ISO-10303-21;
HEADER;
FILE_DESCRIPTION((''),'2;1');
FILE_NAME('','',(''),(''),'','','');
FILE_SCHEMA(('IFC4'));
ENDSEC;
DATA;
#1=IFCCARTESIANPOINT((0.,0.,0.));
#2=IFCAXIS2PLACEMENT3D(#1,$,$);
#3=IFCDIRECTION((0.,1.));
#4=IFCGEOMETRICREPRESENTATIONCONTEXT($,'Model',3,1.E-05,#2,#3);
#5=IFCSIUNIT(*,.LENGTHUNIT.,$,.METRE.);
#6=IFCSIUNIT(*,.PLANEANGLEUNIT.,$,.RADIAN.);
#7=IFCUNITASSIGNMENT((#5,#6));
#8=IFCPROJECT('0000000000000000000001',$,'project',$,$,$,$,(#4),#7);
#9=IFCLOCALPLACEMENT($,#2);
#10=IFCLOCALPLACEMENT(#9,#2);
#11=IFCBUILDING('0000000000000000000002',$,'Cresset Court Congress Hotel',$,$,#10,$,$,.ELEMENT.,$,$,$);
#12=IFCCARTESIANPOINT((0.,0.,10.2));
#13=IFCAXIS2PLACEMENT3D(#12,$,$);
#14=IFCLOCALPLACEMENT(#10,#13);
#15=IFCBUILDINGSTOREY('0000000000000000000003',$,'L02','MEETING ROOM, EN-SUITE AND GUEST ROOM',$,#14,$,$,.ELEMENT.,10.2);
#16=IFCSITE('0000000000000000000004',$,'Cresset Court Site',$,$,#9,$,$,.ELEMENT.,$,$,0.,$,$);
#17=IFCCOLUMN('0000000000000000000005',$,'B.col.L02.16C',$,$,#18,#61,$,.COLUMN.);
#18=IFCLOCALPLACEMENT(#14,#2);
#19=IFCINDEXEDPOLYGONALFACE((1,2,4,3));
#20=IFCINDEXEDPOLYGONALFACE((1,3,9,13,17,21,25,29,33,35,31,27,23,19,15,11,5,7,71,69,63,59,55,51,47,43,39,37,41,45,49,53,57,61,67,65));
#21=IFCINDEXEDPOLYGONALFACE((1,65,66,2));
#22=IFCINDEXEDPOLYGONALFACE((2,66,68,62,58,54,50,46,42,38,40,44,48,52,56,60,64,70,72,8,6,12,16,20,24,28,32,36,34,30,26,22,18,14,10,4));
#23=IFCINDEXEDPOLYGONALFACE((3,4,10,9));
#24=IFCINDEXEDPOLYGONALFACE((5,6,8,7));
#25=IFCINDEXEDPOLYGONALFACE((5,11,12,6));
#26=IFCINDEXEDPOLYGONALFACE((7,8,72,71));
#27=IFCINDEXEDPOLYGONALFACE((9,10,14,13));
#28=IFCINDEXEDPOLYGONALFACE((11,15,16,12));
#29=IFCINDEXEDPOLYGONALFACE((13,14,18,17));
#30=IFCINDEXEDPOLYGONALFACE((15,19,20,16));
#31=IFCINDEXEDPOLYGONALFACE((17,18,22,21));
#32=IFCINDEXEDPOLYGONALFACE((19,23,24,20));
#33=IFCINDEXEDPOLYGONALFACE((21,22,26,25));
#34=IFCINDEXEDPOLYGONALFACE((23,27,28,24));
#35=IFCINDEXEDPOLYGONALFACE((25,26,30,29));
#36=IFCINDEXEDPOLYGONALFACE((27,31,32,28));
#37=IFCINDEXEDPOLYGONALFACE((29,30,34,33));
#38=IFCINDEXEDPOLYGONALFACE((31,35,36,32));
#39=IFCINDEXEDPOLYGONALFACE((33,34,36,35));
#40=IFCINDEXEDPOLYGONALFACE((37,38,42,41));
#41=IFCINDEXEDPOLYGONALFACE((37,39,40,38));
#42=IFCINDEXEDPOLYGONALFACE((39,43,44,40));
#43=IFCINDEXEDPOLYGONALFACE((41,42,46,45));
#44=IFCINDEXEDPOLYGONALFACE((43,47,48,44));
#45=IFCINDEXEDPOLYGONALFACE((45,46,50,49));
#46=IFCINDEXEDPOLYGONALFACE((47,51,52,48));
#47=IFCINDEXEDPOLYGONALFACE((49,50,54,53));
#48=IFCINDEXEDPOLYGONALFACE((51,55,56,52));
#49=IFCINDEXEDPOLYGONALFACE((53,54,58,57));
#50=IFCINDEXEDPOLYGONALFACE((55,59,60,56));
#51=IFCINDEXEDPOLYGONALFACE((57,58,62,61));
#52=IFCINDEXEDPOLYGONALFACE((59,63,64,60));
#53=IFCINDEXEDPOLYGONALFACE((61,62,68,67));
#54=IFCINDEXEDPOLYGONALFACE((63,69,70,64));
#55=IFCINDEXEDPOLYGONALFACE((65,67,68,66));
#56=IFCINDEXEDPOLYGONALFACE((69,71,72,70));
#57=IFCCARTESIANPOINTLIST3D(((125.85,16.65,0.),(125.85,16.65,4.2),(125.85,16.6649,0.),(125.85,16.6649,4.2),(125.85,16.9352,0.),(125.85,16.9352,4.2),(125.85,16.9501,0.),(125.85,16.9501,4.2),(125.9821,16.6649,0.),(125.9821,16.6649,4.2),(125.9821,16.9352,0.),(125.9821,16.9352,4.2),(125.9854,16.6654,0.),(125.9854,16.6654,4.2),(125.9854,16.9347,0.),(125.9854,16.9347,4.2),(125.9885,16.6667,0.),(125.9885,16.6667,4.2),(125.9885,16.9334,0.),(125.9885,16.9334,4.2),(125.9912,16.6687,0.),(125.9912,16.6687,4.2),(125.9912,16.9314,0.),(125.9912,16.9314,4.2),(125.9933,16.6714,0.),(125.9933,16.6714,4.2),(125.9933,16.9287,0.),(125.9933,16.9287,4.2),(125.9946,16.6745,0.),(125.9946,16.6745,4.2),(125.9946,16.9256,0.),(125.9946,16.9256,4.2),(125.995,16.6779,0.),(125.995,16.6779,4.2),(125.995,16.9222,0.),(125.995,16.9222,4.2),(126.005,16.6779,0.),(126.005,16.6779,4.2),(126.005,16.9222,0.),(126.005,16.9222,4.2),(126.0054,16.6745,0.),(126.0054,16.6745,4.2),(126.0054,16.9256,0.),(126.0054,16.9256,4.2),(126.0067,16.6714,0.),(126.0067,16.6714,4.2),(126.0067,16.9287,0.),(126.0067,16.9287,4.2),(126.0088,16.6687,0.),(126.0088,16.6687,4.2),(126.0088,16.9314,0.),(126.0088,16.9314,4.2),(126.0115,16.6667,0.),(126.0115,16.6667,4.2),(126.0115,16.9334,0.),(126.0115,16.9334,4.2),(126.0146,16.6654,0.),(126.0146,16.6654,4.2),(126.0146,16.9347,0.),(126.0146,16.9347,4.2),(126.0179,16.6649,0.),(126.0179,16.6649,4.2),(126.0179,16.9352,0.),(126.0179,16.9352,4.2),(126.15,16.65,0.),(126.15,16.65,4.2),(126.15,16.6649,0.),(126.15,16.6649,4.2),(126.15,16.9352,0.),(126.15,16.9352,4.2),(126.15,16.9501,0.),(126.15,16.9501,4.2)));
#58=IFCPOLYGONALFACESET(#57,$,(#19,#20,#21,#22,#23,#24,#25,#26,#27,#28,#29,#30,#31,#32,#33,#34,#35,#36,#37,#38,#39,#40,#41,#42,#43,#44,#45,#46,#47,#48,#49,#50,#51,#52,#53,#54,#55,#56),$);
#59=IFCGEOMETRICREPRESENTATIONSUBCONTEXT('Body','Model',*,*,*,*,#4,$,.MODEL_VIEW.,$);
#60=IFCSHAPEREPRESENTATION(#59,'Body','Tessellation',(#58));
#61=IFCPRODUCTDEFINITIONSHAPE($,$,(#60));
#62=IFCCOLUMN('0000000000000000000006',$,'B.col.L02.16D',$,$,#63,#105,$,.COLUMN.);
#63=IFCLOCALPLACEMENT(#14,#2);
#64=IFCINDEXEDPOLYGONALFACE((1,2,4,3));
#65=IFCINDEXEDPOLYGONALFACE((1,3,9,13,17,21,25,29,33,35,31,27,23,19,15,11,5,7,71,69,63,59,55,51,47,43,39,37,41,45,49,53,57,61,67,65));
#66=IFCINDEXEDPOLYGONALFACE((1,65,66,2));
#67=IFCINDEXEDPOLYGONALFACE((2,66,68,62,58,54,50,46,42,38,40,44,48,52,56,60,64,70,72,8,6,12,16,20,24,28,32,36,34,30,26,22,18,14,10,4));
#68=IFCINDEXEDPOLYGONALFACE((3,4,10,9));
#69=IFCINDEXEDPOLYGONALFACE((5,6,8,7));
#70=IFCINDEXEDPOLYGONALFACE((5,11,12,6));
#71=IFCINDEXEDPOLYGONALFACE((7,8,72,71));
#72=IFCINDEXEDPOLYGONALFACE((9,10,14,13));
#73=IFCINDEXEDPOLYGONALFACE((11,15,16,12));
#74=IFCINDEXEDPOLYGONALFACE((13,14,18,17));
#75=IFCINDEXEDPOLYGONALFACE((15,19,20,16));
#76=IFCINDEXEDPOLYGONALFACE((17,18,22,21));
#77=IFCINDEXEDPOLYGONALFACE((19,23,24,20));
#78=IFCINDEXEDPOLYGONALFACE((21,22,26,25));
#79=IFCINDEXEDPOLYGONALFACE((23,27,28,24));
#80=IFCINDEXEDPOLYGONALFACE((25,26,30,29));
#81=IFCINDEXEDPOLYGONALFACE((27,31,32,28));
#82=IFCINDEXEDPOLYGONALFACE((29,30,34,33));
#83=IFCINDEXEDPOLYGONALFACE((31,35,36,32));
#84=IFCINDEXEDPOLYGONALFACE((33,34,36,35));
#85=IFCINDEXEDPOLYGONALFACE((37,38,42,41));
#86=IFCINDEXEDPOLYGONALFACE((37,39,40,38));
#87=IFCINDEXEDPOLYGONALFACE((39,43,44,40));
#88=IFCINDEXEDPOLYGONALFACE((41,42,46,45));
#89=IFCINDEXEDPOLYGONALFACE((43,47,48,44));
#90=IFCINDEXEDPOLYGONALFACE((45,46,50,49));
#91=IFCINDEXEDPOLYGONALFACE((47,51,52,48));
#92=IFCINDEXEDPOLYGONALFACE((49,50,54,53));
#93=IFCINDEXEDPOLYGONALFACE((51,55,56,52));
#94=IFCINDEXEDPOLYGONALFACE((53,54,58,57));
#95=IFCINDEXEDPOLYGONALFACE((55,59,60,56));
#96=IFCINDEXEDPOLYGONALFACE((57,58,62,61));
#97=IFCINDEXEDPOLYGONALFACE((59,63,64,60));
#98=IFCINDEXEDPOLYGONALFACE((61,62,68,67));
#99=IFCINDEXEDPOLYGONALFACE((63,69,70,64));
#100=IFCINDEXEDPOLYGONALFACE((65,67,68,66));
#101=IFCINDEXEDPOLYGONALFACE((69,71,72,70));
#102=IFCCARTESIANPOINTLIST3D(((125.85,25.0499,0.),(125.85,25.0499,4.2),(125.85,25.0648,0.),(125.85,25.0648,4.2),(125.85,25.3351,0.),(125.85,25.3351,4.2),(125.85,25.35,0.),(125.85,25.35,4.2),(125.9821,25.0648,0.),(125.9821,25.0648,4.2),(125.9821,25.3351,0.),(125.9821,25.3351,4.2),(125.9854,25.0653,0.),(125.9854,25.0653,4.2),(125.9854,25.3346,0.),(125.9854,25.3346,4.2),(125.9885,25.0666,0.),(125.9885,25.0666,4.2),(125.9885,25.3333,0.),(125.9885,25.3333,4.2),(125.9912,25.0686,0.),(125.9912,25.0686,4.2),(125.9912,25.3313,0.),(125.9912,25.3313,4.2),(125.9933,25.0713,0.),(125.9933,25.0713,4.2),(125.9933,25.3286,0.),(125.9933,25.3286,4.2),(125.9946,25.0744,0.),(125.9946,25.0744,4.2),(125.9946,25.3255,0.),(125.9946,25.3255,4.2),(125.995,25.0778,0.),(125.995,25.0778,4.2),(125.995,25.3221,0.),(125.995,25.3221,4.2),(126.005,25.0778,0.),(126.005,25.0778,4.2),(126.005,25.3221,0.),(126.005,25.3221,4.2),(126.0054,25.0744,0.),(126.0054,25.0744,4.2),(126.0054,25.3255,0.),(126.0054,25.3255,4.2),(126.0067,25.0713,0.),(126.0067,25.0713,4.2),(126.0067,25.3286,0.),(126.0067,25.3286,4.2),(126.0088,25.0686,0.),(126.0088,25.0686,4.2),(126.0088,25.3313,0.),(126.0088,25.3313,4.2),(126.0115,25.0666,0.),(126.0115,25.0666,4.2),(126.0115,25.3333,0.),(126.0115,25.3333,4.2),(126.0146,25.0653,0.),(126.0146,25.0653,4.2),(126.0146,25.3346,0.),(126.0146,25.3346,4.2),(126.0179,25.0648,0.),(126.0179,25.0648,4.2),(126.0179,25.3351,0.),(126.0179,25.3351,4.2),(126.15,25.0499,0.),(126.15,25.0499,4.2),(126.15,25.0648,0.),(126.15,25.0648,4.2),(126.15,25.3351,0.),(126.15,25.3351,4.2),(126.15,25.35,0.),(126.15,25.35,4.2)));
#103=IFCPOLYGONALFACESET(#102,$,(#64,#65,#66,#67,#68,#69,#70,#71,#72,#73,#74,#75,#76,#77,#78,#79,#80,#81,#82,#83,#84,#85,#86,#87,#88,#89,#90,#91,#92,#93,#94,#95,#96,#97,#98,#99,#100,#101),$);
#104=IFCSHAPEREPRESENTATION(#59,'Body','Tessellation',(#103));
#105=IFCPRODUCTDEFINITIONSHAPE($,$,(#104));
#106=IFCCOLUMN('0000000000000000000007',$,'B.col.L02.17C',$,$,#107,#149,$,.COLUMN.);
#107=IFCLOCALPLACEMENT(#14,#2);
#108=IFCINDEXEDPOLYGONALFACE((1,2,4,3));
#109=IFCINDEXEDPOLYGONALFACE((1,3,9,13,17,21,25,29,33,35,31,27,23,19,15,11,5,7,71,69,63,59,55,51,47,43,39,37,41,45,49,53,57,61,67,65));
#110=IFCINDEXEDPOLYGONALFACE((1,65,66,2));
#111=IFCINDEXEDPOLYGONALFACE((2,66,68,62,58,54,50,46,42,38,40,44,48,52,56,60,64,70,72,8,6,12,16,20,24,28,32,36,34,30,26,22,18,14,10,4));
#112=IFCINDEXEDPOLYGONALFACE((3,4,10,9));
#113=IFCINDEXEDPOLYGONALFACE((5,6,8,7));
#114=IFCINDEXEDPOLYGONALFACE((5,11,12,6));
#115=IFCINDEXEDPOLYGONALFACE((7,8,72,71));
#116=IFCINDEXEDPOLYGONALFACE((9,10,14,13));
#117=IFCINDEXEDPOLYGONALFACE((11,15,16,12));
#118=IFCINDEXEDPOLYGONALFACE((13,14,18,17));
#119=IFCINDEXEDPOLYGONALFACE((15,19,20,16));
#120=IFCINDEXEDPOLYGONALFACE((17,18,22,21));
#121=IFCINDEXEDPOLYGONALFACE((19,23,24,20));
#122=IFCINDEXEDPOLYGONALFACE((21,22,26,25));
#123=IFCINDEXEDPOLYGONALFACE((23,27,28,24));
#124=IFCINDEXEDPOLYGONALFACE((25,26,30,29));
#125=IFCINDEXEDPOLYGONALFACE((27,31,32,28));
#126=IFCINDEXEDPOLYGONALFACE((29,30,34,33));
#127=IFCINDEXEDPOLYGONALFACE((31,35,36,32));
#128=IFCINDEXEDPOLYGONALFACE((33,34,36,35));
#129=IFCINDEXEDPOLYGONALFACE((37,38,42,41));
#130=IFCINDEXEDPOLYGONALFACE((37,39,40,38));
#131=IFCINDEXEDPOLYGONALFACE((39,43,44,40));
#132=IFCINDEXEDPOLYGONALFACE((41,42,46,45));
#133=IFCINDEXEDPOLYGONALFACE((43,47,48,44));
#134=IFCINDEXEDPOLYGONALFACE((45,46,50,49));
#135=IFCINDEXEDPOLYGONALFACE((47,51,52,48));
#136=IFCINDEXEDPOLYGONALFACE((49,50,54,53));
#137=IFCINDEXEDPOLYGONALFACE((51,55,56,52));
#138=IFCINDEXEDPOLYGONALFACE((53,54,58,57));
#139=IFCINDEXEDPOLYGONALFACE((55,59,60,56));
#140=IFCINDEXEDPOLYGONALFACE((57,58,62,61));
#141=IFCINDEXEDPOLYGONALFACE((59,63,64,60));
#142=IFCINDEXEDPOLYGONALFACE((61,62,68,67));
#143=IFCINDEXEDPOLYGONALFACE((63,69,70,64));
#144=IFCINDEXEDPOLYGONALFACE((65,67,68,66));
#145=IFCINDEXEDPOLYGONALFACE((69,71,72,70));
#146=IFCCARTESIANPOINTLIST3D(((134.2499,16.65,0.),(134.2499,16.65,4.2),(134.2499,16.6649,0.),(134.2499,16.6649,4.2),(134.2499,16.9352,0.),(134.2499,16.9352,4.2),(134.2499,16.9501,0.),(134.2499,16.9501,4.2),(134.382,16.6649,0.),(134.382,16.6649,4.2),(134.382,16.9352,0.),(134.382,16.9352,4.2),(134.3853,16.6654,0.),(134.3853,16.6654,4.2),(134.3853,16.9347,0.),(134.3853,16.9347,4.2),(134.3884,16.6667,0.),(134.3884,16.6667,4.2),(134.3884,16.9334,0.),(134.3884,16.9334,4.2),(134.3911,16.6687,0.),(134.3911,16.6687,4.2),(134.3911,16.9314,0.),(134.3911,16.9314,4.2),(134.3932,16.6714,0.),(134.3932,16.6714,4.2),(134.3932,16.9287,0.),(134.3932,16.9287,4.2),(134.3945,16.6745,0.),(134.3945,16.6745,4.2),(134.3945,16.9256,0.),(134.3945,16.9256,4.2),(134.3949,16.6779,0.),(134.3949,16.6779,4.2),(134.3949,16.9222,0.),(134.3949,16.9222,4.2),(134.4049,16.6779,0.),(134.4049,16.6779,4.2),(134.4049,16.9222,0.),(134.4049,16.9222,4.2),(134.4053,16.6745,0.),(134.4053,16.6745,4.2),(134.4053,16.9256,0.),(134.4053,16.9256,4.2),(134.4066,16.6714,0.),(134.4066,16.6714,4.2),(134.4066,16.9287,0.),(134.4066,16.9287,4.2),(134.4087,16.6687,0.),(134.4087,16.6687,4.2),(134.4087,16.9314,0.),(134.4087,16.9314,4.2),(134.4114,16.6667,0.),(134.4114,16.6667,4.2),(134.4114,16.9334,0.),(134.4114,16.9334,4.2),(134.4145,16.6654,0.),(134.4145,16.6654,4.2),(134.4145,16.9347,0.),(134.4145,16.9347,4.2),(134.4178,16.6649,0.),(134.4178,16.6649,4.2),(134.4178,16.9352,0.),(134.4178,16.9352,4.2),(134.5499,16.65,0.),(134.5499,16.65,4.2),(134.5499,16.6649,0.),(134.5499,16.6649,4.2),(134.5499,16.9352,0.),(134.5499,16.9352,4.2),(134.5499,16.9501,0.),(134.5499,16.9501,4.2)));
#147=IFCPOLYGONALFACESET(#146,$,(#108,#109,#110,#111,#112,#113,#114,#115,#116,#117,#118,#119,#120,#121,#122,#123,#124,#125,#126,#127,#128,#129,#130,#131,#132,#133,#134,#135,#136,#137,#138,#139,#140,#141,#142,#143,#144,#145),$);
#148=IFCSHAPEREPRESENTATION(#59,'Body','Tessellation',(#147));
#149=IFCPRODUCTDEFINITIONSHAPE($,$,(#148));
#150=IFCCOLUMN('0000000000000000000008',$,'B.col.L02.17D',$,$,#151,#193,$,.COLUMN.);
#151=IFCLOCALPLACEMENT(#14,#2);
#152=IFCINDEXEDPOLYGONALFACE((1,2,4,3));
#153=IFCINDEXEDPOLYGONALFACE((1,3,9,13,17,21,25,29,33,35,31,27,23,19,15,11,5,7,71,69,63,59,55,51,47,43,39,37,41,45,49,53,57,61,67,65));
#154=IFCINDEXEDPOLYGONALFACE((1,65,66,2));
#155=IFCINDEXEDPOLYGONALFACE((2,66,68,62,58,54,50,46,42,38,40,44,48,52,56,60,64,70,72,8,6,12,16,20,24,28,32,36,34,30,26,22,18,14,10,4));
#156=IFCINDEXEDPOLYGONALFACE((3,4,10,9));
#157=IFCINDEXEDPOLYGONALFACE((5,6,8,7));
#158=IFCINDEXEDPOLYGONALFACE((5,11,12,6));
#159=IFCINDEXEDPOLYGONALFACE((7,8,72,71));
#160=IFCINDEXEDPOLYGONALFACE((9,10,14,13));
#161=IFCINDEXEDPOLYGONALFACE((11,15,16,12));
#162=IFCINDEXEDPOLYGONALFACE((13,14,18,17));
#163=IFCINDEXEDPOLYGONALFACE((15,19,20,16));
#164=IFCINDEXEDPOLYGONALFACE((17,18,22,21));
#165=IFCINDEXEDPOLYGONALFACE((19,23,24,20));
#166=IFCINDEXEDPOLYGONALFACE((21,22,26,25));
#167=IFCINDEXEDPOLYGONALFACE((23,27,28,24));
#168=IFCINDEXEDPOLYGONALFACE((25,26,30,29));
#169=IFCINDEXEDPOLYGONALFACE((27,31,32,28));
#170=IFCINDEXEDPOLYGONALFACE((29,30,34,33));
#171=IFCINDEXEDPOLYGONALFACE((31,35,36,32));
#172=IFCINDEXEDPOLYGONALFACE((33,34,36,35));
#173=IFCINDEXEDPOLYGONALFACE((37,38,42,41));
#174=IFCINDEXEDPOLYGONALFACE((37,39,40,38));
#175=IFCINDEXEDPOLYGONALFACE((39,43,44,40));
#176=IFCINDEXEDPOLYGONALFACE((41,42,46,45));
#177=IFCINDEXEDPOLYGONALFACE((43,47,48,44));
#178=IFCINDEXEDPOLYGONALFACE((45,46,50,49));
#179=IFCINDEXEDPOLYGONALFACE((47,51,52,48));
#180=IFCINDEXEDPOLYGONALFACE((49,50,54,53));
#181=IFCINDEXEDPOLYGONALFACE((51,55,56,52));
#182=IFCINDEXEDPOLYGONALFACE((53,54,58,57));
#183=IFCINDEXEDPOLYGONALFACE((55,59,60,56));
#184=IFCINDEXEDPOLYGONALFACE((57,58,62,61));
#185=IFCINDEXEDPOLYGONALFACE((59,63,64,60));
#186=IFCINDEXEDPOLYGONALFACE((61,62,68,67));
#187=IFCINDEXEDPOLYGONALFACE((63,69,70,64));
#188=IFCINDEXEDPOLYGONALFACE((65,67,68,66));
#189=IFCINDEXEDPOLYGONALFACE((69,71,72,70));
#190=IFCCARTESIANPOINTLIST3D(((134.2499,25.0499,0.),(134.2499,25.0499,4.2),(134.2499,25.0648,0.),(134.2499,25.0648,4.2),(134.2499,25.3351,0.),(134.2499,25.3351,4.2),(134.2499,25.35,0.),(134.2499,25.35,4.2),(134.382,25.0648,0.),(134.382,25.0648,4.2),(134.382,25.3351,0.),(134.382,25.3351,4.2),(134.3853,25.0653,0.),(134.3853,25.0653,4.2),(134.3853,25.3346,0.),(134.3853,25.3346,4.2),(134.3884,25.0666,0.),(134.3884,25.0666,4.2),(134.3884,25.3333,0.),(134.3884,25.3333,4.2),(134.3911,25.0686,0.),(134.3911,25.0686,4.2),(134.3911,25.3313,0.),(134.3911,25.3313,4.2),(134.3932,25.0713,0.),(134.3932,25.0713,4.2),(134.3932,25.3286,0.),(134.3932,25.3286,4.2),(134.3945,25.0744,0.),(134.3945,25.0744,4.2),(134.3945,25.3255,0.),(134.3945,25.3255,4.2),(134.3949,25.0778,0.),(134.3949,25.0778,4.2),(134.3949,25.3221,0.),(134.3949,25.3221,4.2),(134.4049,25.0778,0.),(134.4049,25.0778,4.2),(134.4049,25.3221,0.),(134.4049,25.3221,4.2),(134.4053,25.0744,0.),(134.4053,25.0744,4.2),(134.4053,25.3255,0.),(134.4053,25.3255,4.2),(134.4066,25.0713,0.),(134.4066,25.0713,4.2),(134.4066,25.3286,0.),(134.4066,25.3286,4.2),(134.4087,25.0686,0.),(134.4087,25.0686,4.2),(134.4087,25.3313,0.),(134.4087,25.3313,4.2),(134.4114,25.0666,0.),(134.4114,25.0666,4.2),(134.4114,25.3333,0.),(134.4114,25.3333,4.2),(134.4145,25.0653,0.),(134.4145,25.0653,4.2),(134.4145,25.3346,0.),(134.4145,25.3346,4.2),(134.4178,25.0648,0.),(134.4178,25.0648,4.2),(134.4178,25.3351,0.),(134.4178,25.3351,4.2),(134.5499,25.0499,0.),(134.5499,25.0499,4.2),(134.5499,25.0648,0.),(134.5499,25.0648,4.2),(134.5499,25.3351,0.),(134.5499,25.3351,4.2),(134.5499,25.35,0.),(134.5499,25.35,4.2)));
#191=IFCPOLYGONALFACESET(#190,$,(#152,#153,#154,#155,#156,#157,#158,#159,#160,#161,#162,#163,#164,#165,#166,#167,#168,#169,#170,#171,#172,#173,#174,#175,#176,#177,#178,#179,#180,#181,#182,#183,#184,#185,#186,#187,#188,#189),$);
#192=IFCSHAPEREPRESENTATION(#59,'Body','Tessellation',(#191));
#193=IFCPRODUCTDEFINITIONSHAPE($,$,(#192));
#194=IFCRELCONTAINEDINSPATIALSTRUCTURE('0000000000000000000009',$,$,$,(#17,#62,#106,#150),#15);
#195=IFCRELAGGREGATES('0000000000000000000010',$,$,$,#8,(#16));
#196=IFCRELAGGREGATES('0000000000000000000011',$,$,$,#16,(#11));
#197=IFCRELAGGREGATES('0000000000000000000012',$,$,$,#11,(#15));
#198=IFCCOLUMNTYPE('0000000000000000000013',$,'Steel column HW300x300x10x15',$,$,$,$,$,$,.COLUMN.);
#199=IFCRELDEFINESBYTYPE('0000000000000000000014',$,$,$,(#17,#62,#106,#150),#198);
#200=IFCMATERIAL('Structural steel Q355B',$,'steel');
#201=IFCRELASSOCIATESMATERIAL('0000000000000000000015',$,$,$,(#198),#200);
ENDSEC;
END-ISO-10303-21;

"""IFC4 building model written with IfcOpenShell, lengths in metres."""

from ifc_helpers import new_model, si_unit, direction, frame, origin, origin_2d, place, context, subcontext, project, spatial, i_section, extrude, material, material_profile, profile_set, type_object, element, save


model = new_model("IFC4")

# Units and contexts
model_context = context("Model", 3, precision=1e-05, world=origin(), true_north=direction((0.0, 1.0)))
body_context = subcontext(model_context, "Body", "Model", "MODEL_VIEW")
ifc_project = project(units=[si_unit("LENGTHUNIT", "METRE"), si_unit("PLANEANGLEUNIT", "RADIAN")], contexts=[model_context])

# Site, building, storey
site_placement = place(None, origin())
site = spatial("IfcSite", under=ifc_project, at=site_placement, Name="Cresset Court Site", CompositionType="ELEMENT", RefElevation=0.0)
building_placement = place(site_placement, origin())
building = spatial("IfcBuilding", under=site, at=building_placement, Name="Cresset Court Congress Hotel", CompositionType="ELEMENT")
storey_placement = place(building_placement, frame((0.0, 0.0, 10.2)))
storey = spatial("IfcBuildingStorey", under=building, at=storey_placement, Name="L02", Description="MEETING ROOM, EN-SUITE AND GUEST ROOM", CompositionType="ELEMENT", Elevation=10.2)

# Columns
ifc_material_1 = material(Name="Structural steel Q355B", Category="steel")
ifc_material_profile_1 = material_profile(ifc_material_1, i_section(OverallWidth=0.3, OverallDepth=0.3, WebThickness=0.01, FlangeThickness=0.0149, FilletRadius=0.0129, at=origin_2d()), Name="HW300x300x10x15")
ifc_profile_set_1 = profile_set([ifc_material_profile_1], Name="Structural steel Q355B")
column_type = type_object("IfcColumnType", Name="Steel column HW300x300x10x15", PredefinedType="COLUMN", material=ifc_profile_set_1)
for number, where, z_axis, x_axis, name in (
    (1, (126.0, 16.8, 0.0), (0.0, 0.0, 1.0), (1.0, 0.0, 0.0), "B.col.L02.16C"),
    (2, (126.0, 25.2, 0.0), (0.0, 0.0, 1.0), (1.0, 0.0, 0.0), "B.col.L02.16D"),
    (3, (134.3999, 16.8, 0.0), (0.0, 0.0, 1.0), (1.0, 0.0, 0.0), "B.col.L02.17C"),
    (4, (134.3999, 25.2, 0.0), (0.0, 0.0, 1.0), (1.0, 0.0, 0.0), "B.col.L02.17D"),
):
    element("IfcColumn", number, at=place(storey_placement, frame(where, z_axis=z_axis, x_axis=x_axis)), inside=storey, type_object=column_type, Name=name, PredefinedType="COLUMN", context=body_context, shape_type="SweptSolid", body=[
        extrude(i_section(OverallWidth=0.3, OverallDepth=0.3, WebThickness=0.01, FlangeThickness=0.0149, FilletRadius=0.0129, at=origin_2d()), origin(), (0.0, 0.0, 1.0), 4.2),
    ])

save(model, "model.ifc")
